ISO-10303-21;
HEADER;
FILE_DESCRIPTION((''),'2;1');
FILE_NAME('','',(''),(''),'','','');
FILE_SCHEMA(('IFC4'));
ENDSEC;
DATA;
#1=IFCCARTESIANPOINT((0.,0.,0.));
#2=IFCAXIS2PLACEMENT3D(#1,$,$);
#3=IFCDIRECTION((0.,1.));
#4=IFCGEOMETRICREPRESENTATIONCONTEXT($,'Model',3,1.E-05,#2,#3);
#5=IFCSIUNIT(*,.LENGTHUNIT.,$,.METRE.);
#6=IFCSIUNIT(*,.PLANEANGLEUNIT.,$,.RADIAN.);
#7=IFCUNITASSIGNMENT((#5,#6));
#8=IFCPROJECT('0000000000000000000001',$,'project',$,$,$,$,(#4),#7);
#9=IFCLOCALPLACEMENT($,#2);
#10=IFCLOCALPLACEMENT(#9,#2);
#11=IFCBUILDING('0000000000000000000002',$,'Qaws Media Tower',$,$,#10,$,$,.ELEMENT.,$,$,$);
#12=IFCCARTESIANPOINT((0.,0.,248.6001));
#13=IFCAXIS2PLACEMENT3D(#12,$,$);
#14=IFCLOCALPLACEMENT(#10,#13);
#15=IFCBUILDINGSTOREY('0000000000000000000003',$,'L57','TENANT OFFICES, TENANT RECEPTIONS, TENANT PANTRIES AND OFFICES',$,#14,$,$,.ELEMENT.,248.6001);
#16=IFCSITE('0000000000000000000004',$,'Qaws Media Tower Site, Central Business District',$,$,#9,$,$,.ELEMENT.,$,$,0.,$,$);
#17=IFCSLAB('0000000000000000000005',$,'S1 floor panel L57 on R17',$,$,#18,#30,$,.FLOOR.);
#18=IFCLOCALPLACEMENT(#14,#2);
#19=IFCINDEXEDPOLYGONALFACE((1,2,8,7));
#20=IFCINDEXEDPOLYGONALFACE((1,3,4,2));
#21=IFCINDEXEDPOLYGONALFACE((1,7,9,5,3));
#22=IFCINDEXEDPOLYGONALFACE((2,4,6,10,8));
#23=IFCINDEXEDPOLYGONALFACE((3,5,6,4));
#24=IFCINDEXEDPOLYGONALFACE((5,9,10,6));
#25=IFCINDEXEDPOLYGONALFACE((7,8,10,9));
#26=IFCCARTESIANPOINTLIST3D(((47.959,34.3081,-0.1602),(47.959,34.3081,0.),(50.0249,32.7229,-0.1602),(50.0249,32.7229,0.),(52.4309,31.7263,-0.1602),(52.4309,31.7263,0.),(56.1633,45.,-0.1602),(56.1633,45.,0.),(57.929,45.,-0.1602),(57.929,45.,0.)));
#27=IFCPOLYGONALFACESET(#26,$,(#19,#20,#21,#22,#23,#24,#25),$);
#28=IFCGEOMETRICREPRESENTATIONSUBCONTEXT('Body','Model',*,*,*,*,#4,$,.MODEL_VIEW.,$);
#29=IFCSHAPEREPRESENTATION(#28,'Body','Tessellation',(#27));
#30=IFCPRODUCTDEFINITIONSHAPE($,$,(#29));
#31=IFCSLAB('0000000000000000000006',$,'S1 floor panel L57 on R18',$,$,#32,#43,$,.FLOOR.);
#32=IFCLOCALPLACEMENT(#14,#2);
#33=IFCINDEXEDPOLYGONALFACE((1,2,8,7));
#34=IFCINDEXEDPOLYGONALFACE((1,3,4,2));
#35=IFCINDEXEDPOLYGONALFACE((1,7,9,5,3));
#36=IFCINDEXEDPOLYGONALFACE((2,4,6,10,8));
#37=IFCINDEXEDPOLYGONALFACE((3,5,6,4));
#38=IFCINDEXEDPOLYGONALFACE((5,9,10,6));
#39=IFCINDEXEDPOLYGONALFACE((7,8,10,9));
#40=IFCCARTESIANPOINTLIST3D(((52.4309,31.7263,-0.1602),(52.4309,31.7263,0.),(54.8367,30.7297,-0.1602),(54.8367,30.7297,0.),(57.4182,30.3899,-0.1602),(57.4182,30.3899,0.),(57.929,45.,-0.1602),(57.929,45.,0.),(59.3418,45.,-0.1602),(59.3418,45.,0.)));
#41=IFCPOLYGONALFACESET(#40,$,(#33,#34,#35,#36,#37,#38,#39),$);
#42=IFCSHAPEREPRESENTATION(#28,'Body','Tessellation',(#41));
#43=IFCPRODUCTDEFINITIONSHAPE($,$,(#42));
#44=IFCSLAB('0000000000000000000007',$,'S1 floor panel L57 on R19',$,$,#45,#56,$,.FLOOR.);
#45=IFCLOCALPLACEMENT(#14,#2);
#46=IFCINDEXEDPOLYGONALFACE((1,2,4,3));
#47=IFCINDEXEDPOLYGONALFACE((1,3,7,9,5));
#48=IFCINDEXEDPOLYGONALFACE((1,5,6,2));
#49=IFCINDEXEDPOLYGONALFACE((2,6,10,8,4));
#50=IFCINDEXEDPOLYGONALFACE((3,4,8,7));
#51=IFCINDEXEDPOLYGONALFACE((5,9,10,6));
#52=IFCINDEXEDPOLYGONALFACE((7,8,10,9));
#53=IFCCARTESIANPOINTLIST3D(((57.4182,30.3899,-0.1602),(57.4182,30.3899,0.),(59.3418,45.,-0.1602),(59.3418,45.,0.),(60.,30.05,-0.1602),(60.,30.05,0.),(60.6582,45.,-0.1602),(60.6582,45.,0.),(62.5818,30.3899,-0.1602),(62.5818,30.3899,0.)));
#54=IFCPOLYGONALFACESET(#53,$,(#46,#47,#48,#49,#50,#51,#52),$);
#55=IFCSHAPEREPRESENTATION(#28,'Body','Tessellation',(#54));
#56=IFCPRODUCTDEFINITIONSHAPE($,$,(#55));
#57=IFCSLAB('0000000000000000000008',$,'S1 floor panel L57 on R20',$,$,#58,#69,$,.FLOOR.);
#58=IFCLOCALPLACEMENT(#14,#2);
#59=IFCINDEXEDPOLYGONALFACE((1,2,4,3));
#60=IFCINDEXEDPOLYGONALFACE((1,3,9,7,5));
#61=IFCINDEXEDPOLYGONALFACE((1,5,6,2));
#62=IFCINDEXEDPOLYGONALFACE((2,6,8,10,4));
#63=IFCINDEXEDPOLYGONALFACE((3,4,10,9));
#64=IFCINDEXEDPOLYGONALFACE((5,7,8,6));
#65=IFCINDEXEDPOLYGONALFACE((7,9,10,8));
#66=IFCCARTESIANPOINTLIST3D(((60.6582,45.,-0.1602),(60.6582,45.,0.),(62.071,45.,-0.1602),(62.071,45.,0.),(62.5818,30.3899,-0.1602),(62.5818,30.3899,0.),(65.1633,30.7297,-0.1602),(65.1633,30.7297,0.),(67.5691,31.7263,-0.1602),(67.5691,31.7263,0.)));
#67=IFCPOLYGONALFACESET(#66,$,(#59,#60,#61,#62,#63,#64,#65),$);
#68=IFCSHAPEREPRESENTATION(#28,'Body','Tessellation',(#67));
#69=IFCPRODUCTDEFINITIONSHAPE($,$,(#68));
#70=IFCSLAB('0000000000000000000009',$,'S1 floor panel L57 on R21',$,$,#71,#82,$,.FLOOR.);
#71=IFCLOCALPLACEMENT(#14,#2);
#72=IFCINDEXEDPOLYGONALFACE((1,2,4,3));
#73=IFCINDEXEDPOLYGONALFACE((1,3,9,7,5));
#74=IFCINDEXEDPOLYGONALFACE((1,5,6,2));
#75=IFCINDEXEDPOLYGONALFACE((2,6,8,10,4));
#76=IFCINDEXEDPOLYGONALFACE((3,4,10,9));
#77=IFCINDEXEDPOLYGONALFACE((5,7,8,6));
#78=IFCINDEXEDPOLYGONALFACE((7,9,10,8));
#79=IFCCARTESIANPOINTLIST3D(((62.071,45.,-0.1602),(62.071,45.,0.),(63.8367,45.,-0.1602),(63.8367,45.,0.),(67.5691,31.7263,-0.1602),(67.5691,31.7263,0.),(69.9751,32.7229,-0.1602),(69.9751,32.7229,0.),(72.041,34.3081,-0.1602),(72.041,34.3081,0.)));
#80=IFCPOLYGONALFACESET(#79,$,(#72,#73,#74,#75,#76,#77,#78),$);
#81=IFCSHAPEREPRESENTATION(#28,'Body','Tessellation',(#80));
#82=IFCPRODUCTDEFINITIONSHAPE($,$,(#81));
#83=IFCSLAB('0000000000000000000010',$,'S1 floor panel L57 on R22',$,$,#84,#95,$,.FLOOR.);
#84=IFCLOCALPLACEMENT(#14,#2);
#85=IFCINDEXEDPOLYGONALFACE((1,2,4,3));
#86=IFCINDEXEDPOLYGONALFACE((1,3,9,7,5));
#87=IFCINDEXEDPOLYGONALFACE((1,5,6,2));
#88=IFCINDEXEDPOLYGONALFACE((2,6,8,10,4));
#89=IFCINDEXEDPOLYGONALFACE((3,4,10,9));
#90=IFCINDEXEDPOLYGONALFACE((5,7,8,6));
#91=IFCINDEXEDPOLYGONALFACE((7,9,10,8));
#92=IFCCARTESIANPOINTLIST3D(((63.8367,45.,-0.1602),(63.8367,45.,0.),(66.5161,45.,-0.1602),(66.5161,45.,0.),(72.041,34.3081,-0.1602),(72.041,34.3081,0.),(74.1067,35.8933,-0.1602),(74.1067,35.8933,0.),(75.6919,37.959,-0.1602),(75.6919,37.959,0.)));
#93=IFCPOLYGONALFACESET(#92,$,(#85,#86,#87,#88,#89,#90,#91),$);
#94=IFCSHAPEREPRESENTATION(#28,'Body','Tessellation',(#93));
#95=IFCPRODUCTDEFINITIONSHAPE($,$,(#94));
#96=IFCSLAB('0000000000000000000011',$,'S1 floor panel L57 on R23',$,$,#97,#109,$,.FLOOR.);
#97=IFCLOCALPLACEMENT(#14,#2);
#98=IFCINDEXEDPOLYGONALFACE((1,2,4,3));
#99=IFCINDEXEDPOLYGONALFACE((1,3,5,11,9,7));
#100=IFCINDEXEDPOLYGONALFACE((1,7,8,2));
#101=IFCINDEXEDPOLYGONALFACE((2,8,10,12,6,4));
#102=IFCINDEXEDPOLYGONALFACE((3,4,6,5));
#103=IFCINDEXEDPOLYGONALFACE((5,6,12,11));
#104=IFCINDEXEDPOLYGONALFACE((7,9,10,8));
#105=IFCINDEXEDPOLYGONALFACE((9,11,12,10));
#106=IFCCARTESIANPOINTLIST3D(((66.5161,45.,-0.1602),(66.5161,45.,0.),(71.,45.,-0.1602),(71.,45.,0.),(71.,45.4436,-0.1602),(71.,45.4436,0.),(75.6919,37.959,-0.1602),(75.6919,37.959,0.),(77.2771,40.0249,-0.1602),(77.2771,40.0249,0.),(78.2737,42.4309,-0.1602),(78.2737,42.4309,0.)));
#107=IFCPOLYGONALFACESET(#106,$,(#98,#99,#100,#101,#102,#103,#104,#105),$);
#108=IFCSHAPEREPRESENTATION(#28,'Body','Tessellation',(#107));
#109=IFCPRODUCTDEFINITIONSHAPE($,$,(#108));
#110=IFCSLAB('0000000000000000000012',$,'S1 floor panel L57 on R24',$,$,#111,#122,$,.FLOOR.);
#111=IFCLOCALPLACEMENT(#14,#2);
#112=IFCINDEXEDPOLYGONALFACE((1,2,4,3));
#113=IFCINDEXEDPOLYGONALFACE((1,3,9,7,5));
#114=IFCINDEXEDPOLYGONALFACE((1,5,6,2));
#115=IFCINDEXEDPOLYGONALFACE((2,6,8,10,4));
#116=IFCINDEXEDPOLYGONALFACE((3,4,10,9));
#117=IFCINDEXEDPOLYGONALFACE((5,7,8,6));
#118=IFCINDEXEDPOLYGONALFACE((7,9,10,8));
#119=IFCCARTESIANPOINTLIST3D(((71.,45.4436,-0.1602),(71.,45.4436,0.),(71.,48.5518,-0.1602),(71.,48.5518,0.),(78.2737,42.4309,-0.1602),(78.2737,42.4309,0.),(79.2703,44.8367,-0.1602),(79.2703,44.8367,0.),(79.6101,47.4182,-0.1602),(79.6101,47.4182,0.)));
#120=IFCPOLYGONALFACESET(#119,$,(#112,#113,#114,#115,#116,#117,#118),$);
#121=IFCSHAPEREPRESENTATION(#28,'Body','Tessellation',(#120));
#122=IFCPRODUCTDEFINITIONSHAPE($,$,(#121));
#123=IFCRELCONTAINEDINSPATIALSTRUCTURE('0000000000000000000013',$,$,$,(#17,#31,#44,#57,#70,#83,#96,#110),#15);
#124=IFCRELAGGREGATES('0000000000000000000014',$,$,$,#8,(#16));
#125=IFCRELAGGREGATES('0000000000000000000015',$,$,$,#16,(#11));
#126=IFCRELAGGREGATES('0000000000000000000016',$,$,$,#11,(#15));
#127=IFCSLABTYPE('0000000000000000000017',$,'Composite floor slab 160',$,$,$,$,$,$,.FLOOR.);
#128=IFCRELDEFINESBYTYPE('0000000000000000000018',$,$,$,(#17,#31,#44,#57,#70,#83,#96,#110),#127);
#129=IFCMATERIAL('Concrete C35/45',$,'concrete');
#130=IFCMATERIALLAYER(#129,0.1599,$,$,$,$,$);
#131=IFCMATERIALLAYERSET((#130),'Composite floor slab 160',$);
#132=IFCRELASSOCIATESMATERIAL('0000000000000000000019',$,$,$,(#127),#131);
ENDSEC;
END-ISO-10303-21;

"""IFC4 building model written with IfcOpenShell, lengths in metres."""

from ifc_helpers import new_model, si_unit, direction, frame, origin, place, context, subcontext, project, spatial, polyline, outline, extrude, material, layer, layer_set, type_object, element, save


model = new_model("IFC4")

# Units and contexts
model_context = context("Model", 3, precision=1e-05, world=origin(), true_north=direction((0.0, 1.0)))
body_context = subcontext(model_context, "Body", "Model", "MODEL_VIEW")
ifc_project = project(units=[si_unit("LENGTHUNIT", "METRE"), si_unit("PLANEANGLEUNIT", "RADIAN")], contexts=[model_context])

# Site, building, storey
site_placement = place(None, origin())
site = spatial("IfcSite", under=ifc_project, at=site_placement, Name="Qaws Media Tower Site, Central Business District", CompositionType="ELEMENT", RefElevation=0.0)
building_placement = place(site_placement, origin())
building = spatial("IfcBuilding", under=site, at=building_placement, Name="Qaws Media Tower", CompositionType="ELEMENT")
storey_placement = place(building_placement, frame((0.0, 0.0, 248.6001)))
storey = spatial("IfcBuildingStorey", under=building, at=storey_placement, Name="L57", Description="TENANT OFFICES, TENANT RECEPTIONS, TENANT PANTRIES AND OFFICES", CompositionType="ELEMENT", Elevation=248.6001)

# Slabs
ifc_material_1 = material(Name="Concrete C35/45", Category="concrete")
ifc_layer_1 = layer(ifc_material_1, 0.1599)
ifc_layer_set_1 = layer_set([ifc_layer_1], Name="Composite floor slab 160")
slab_type_1 = type_object("IfcSlabType", Name="Composite floor slab 160", PredefinedType="FLOOR", material=ifc_layer_set_1)
slab_1_placement = place(storey_placement, frame((0.0, 0.0, -0.1602)))
element("IfcSlab", 1, at=slab_1_placement, inside=storey, type_object=slab_type_1, Name="S1 floor panel L57 on R17", PredefinedType="FLOOR", context=body_context, shape_type="SweptSolid", body=[
    extrude(outline(polyline([(50.0249, 32.7229), (47.959, 34.3081), (56.1633, 45.0), (57.929, 45.0), (52.4309, 31.7263), (50.0249, 32.7229)])), origin(), (0.0, 0.0, 1.0), 0.1602),
])
slab_2_placement = place(storey_placement, frame((0.0, 0.0, -0.1602)))
element("IfcSlab", 2, at=slab_2_placement, inside=storey, type_object=slab_type_1, Name="S1 floor panel L57 on R18", PredefinedType="FLOOR", context=body_context, shape_type="SweptSolid", body=[
    extrude(outline(polyline([(54.8367, 30.7297), (52.4309, 31.7263), (57.929, 45.0), (59.3418, 45.0), (57.4182, 30.3899), (54.8367, 30.7297)])), origin(), (0.0, 0.0, 1.0), 0.1602),
])
slab_3_placement = place(storey_placement, frame((0.0, 0.0, -0.1602)))
element("IfcSlab", 3, at=slab_3_placement, inside=storey, type_object=slab_type_1, Name="S1 floor panel L57 on R19", PredefinedType="FLOOR", context=body_context, shape_type="SweptSolid", body=[
    extrude(outline(polyline([(60.0, 30.05), (57.4182, 30.3899), (59.3418, 45.0), (60.6582, 45.0), (62.5818, 30.3899), (60.0, 30.05)])), origin(), (0.0, 0.0, 1.0), 0.1602),
])
slab_4_placement = place(storey_placement, frame((0.0, 0.0, -0.1602)))
element("IfcSlab", 4, at=slab_4_placement, inside=storey, type_object=slab_type_1, Name="S1 floor panel L57 on R20", PredefinedType="FLOOR", context=body_context, shape_type="SweptSolid", body=[
    extrude(outline(polyline([(65.1633, 30.7297), (62.5818, 30.3899), (60.6582, 45.0), (62.071, 45.0), (67.5691, 31.7263), (65.1633, 30.7297)])), origin(), (0.0, 0.0, 1.0), 0.1602),
])
slab_5_placement = place(storey_placement, frame((0.0, 0.0, -0.1602)))
element("IfcSlab", 5, at=slab_5_placement, inside=storey, type_object=slab_type_1, Name="S1 floor panel L57 on R21", PredefinedType="FLOOR", context=body_context, shape_type="SweptSolid", body=[
    extrude(outline(polyline([(69.9751, 32.7229), (67.5691, 31.7263), (62.071, 45.0), (63.8367, 45.0), (72.041, 34.3081), (69.9751, 32.7229)])), origin(), (0.0, 0.0, 1.0), 0.1602),
])
slab_6_placement = place(storey_placement, frame((0.0, 0.0, -0.1602)))
element("IfcSlab", 6, at=slab_6_placement, inside=storey, type_object=slab_type_1, Name="S1 floor panel L57 on R22", PredefinedType="FLOOR", context=body_context, shape_type="SweptSolid", body=[
    extrude(outline(polyline([(74.1067, 35.8933), (72.041, 34.3081), (63.8367, 45.0), (66.5161, 45.0), (75.6919, 37.959), (74.1067, 35.8933)])), origin(), (0.0, 0.0, 1.0), 0.1602),
])
slab_7_placement = place(storey_placement, frame((0.0, 0.0, -0.1602)))
element("IfcSlab", 7, at=slab_7_placement, inside=storey, type_object=slab_type_1, Name="S1 floor panel L57 on R23", PredefinedType="FLOOR", context=body_context, shape_type="SweptSolid", body=[
    extrude(outline(polyline([(77.2771, 40.0249), (75.6919, 37.959), (66.5161, 45.0), (71.0, 45.0), (71.0, 45.4436), (78.2737, 42.4309), (77.2771, 40.0249)])), origin(), (0.0, 0.0, 1.0), 0.1602),
])
slab_8_placement = place(storey_placement, frame((0.0, 0.0, -0.1602)))
element("IfcSlab", 8, at=slab_8_placement, inside=storey, type_object=slab_type_1, Name="S1 floor panel L57 on R24", PredefinedType="FLOOR", context=body_context, shape_type="SweptSolid", body=[
    extrude(outline(polyline([(78.2737, 42.4309), (71.0, 45.4436), (71.0, 48.5518), (79.6101, 47.4182), (79.2703, 44.8367), (78.2737, 42.4309)])), origin(), (0.0, 0.0, 1.0), 0.1602),
])

save(model, "model.ifc")
